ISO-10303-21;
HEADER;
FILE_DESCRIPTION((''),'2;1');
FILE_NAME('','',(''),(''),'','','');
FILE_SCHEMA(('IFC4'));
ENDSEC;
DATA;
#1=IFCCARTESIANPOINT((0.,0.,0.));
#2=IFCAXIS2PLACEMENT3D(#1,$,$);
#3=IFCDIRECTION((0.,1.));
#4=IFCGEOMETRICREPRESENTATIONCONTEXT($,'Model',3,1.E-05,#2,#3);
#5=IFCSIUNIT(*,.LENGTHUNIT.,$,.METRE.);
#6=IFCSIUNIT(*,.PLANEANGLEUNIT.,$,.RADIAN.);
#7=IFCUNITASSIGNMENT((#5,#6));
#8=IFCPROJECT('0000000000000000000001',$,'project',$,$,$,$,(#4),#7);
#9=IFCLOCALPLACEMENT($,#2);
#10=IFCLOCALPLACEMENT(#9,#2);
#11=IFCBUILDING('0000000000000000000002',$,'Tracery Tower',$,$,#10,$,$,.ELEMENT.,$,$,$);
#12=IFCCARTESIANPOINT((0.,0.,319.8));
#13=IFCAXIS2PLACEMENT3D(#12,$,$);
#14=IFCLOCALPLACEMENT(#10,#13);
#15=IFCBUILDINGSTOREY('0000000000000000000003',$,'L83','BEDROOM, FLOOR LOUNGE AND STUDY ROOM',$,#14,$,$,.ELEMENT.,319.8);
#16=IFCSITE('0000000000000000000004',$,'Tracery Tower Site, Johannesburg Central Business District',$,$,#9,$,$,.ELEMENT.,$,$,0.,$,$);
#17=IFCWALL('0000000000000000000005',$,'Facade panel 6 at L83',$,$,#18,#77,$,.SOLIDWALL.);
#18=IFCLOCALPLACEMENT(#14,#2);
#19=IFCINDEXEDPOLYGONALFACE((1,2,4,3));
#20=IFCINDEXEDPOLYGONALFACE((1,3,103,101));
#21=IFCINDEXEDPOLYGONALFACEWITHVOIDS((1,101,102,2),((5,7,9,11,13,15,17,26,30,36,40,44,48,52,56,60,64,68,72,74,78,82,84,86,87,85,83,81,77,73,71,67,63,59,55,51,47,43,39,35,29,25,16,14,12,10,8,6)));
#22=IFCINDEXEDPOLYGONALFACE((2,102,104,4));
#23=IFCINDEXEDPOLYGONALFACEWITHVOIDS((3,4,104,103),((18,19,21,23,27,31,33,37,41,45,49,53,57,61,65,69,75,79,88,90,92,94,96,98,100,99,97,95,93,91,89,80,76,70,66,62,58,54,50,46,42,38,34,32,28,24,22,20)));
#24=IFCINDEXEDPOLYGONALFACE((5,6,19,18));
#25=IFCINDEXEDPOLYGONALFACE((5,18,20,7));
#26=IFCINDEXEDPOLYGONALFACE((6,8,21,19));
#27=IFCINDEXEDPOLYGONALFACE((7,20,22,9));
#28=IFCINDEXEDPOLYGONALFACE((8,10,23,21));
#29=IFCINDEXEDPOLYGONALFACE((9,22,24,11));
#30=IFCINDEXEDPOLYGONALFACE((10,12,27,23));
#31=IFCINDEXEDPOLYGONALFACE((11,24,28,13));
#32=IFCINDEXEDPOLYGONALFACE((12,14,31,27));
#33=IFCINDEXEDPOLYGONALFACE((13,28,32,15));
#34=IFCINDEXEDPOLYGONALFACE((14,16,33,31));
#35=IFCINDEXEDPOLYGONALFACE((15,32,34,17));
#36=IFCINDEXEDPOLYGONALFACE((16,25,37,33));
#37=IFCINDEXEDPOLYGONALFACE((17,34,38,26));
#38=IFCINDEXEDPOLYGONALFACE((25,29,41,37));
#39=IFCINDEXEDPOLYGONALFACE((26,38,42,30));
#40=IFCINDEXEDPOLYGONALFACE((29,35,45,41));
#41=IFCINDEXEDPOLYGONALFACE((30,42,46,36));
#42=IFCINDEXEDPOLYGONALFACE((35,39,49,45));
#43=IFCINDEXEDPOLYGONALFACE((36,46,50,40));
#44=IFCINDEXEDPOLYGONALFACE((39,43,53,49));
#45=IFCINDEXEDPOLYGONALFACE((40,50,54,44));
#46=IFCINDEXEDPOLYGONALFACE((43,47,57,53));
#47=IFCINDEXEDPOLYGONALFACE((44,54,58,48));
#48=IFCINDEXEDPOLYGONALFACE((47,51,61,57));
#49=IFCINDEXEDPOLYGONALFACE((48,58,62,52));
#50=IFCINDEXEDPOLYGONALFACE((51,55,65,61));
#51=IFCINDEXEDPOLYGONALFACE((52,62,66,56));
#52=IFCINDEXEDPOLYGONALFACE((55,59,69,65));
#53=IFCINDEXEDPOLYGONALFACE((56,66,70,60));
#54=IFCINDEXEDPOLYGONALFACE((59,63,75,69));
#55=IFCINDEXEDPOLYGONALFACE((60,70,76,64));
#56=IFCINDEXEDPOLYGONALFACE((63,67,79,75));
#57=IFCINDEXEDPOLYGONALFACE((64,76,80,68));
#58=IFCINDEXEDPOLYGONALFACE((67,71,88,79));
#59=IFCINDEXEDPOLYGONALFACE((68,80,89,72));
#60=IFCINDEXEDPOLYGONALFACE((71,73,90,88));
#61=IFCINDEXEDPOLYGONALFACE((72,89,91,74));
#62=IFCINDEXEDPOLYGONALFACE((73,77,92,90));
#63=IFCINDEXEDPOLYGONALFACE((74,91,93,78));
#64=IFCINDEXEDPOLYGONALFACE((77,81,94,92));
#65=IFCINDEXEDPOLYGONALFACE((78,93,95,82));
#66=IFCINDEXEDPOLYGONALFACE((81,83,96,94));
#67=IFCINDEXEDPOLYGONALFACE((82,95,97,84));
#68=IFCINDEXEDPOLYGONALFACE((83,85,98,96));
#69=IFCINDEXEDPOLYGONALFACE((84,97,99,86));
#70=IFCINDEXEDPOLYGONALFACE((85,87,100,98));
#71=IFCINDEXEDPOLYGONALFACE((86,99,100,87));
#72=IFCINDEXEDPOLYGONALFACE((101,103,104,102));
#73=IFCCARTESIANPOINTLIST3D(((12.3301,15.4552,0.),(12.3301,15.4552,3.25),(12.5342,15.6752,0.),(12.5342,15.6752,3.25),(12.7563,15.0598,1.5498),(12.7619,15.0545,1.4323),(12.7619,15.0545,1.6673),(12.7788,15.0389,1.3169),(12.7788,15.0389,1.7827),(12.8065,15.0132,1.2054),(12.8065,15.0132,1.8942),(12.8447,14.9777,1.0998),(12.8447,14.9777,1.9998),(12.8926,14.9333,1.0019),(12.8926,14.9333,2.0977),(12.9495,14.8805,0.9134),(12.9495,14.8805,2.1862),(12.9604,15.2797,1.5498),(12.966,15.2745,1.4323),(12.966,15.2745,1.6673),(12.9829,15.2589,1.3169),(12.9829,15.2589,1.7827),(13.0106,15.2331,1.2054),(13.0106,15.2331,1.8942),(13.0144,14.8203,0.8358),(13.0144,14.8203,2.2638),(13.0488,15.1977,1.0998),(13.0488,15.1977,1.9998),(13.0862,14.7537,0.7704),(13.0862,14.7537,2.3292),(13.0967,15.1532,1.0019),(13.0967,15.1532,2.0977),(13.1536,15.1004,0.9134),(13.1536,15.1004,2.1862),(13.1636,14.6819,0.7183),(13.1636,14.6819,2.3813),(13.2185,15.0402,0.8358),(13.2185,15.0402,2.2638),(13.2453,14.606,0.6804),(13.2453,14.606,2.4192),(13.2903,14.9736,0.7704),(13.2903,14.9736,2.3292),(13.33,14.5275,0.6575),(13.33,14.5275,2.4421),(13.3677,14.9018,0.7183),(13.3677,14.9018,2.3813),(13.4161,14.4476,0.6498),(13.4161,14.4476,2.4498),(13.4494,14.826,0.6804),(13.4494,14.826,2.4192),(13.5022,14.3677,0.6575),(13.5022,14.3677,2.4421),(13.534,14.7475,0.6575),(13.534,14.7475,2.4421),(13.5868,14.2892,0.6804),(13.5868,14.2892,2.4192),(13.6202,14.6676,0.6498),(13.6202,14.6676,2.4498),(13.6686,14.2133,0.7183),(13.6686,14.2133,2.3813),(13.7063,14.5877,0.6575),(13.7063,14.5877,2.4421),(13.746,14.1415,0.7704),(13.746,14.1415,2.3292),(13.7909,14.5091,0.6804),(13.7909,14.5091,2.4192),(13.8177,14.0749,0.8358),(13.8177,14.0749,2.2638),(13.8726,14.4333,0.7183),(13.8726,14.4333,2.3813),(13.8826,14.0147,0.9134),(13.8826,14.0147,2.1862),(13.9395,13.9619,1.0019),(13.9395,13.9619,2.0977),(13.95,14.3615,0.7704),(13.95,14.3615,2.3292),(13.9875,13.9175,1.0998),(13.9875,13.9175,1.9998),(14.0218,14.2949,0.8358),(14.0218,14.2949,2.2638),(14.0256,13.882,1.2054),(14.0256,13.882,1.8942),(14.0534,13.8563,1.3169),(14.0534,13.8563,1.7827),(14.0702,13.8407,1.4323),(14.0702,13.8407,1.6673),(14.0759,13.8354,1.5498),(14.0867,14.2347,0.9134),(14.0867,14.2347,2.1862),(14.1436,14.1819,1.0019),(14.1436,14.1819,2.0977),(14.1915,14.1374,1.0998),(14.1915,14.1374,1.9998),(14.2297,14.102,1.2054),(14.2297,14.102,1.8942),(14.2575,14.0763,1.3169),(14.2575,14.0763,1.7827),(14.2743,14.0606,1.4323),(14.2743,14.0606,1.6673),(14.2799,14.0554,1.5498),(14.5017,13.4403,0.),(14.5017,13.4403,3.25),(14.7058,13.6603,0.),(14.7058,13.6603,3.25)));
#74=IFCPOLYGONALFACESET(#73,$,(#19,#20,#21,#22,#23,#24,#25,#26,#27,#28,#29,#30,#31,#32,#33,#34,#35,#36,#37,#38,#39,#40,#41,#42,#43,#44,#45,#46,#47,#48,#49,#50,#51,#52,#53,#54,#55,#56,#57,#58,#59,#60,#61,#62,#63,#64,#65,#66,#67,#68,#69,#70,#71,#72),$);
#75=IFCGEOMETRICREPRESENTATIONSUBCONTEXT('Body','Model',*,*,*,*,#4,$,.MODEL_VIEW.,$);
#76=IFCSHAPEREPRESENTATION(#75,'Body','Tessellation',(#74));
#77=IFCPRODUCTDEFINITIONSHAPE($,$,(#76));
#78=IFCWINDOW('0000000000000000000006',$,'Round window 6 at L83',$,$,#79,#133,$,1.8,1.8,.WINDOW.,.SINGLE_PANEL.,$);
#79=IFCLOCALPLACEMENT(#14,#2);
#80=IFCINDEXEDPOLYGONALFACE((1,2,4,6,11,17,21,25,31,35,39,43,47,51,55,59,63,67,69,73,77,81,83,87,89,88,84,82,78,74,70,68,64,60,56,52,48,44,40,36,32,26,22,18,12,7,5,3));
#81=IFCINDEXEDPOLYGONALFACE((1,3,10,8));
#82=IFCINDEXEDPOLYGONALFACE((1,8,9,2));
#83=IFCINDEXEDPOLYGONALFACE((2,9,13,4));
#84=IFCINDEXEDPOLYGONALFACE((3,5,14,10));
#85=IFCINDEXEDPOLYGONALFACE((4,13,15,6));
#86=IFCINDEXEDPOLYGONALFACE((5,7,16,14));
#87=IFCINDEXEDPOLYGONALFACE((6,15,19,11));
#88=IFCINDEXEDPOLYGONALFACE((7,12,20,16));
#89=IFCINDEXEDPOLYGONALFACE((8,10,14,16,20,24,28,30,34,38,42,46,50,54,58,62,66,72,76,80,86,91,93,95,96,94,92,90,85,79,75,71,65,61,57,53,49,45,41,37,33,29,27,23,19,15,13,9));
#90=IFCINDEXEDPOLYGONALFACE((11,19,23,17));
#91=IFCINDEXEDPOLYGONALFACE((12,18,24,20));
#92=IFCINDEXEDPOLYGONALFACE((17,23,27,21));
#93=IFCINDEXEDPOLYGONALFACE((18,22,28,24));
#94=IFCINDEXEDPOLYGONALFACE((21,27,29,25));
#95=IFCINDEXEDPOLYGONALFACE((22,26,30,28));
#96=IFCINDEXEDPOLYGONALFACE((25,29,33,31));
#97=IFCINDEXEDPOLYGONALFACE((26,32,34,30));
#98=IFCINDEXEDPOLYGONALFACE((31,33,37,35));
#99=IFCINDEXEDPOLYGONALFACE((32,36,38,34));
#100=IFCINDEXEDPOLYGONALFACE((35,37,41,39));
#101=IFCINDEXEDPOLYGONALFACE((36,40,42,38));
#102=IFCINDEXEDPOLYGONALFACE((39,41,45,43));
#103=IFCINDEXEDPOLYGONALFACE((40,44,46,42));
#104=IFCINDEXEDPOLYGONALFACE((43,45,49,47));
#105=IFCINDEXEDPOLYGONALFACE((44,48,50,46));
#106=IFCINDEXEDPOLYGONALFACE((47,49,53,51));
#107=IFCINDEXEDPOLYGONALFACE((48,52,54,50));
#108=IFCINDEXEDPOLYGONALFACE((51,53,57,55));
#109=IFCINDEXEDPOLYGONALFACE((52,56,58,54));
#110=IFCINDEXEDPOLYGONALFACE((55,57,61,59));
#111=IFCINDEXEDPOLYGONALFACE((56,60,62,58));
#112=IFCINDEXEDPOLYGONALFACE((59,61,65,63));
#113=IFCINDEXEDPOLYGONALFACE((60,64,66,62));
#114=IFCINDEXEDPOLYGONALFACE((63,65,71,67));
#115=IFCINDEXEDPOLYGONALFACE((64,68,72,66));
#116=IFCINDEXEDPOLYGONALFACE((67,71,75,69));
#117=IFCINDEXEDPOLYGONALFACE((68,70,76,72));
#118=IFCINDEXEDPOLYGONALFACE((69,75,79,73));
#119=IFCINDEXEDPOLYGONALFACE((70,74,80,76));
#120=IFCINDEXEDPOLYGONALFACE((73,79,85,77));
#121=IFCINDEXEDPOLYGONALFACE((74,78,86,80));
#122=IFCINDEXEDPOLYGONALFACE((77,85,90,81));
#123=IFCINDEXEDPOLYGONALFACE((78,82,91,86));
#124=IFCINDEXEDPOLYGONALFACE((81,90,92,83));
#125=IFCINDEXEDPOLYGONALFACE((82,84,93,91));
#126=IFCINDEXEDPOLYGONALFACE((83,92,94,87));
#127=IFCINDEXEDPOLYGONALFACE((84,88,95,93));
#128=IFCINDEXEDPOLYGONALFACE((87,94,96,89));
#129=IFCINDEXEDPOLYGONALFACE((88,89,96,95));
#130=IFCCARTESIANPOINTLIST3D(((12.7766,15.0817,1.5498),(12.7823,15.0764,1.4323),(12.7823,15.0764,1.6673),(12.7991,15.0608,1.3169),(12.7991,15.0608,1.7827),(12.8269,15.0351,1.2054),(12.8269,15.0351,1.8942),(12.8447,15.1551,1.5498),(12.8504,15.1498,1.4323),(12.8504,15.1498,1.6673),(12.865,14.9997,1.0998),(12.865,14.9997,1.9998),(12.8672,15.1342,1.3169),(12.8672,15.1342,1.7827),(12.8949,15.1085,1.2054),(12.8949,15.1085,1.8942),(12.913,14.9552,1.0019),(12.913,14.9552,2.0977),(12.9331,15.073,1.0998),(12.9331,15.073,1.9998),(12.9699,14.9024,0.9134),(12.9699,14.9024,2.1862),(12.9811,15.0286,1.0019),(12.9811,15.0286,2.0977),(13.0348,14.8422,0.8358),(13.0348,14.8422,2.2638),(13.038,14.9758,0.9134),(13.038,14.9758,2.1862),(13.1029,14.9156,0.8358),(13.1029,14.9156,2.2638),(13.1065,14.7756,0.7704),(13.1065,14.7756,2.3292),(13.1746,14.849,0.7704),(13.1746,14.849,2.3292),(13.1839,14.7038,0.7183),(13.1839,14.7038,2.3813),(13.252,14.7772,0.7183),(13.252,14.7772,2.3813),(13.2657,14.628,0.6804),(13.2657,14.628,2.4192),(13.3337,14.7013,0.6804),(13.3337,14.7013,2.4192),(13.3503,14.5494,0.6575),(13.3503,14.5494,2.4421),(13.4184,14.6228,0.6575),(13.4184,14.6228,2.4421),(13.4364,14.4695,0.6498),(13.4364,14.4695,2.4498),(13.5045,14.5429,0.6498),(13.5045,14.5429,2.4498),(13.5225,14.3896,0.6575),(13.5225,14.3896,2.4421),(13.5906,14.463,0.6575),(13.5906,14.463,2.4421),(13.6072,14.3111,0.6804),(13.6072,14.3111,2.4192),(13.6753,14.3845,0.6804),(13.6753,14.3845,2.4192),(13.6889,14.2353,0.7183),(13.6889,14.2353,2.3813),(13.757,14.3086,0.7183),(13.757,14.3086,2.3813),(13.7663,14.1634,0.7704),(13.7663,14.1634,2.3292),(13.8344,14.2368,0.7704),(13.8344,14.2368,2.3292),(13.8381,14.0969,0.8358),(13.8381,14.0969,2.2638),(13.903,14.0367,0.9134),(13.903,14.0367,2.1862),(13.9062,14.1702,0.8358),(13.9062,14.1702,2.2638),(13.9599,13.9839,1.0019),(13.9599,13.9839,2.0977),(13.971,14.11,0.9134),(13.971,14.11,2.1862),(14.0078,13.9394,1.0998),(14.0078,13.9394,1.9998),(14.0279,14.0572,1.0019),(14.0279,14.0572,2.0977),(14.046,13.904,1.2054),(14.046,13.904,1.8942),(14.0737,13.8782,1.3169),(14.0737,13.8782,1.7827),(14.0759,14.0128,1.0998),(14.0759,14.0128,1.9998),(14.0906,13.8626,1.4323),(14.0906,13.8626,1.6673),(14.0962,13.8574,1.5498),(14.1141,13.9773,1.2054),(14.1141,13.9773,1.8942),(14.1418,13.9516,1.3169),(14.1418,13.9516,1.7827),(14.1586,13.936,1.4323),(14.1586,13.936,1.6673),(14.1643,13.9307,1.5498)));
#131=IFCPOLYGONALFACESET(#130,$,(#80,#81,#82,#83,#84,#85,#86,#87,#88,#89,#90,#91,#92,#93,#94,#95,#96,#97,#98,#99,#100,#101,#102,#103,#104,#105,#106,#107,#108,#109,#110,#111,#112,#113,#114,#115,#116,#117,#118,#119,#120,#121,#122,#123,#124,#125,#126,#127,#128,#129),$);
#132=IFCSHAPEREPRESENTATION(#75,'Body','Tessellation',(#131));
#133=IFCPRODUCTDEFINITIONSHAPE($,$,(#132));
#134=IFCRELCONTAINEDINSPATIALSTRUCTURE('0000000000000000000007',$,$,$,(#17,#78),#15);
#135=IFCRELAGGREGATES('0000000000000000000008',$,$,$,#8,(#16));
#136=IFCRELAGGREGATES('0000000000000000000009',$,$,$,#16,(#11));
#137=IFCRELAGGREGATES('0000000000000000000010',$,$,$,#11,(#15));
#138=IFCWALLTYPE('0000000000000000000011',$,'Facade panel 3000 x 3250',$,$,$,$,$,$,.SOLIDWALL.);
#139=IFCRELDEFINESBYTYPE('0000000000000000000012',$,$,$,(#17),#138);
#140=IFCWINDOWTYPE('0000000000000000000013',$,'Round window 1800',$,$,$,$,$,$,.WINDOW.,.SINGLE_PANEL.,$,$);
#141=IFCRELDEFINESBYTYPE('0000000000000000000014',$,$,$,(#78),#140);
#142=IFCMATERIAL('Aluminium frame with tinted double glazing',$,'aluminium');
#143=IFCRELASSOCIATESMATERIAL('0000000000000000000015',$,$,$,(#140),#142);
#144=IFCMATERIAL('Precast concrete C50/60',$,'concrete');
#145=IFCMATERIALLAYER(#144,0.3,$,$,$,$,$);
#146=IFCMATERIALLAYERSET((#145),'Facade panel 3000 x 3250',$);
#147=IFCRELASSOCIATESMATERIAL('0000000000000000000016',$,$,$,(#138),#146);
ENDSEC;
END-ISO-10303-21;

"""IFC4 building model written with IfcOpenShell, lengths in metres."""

from ifc_helpers import new_model, si_unit, direction, frame, frame_2d, origin, origin_2d, place, context, subcontext, project, spatial, rectangle, circle, extrude, material, layer, layer_set, type_object, element, fill, save


model = new_model("IFC4")

# Units and contexts
model_context = context("Model", 3, precision=1e-05, world=origin(), true_north=direction((0.0, 1.0)))
body_context = subcontext(model_context, "Body", "Model", "MODEL_VIEW")
ifc_project = project(units=[si_unit("LENGTHUNIT", "METRE"), si_unit("PLANEANGLEUNIT", "RADIAN")], contexts=[model_context])

# Site, building, storey
site_placement = place(None, origin())
site = spatial("IfcSite", under=ifc_project, at=site_placement, Name="Tracery Tower Site, Johannesburg Central Business District", CompositionType="ELEMENT", RefElevation=0.0)
building_placement = place(site_placement, origin())
building = spatial("IfcBuilding", under=site, at=building_placement, Name="Tracery Tower", CompositionType="ELEMENT")
storey_placement = place(building_placement, frame((0.0, 0.0, 319.8)))
storey = spatial("IfcBuildingStorey", under=building, at=storey_placement, Name="L83", Description="BEDROOM, FLOOR LOUNGE AND STUDY ROOM", CompositionType="ELEMENT", Elevation=319.8)

# Wall, opening, window
ifc_material_1 = material(Name="Aluminium frame with tinted double glazing", Category="aluminium")
window_type = type_object("IfcWindowType", Name="Round window 1800", PartitioningType="SINGLE_PANEL", PredefinedType="WINDOW", material=ifc_material_1)
ifc_material_2 = material(Name="Precast concrete C50/60", Category="concrete")
ifc_layer_1 = layer(ifc_material_2, 0.3)
ifc_layer_set_1 = layer_set([ifc_layer_1], Name="Facade panel 3000 x 3250")
wall_type_1 = type_object("IfcWallType", Name="Facade panel 3000 x 3250", PredefinedType="SOLIDWALL", material=ifc_layer_set_1)
wall_1_placement = place(storey_placement, frame((14.6038, 13.5503, 0.0), z_axis=(0.0, 0.0, 1.0), x_axis=(-0.733066, 0.680157, 0.0)))
wall_1 = element("IfcWall", 1, at=wall_1_placement, inside=storey, type_object=wall_type_1, Name="Facade panel 6 at L83", PredefinedType="SOLIDWALL", context=body_context, shape_type="SweptSolid", body=[
    extrude(rectangle(XDim=2.9624, YDim=0.3, at=frame_2d((1.4812, 0.0))), origin(), (0.0, 0.0, 1.0), 3.25),
])
opening_1_placement = place(wall_1_placement, frame((1.481, 0.0, 1.5498)))
opening_1 = element("IfcOpeningElement", 2, at=opening_1_placement, cuts=wall_1, PredefinedType="OPENING", context=body_context, shape_type="SweptSolid", body=[
    extrude(circle(Radius=0.9, at=origin_2d()), frame((0.0, 0.1599, 0.0), z_axis=(0.0, -1.0, 0.0), x_axis=(1.0, 0.0, 0.0)), (0.0, 0.0, 1.0), 0.3201),
])
window_1_placement = place(opening_1_placement, origin())
window_1 = element("IfcWindow", 3, at=window_1_placement, inside=storey, type_object=window_type, Name="Round window 6 at L83", OverallHeight=1.8, OverallWidth=1.8, PartitioningType="SINGLE_PANEL", PredefinedType="WINDOW", context=body_context, shape_type="SweptSolid", body=[
    extrude(circle(Radius=0.9, at=origin_2d()), frame((0.0, 0.1201, 0.0), z_axis=(0.0, -1.0, 0.0), x_axis=(1.0, 0.0, 0.0)), (0.0, 0.0, 1.0), 0.1001),
])
fill(opening_1, window_1)

save(model, "model.ifc")
